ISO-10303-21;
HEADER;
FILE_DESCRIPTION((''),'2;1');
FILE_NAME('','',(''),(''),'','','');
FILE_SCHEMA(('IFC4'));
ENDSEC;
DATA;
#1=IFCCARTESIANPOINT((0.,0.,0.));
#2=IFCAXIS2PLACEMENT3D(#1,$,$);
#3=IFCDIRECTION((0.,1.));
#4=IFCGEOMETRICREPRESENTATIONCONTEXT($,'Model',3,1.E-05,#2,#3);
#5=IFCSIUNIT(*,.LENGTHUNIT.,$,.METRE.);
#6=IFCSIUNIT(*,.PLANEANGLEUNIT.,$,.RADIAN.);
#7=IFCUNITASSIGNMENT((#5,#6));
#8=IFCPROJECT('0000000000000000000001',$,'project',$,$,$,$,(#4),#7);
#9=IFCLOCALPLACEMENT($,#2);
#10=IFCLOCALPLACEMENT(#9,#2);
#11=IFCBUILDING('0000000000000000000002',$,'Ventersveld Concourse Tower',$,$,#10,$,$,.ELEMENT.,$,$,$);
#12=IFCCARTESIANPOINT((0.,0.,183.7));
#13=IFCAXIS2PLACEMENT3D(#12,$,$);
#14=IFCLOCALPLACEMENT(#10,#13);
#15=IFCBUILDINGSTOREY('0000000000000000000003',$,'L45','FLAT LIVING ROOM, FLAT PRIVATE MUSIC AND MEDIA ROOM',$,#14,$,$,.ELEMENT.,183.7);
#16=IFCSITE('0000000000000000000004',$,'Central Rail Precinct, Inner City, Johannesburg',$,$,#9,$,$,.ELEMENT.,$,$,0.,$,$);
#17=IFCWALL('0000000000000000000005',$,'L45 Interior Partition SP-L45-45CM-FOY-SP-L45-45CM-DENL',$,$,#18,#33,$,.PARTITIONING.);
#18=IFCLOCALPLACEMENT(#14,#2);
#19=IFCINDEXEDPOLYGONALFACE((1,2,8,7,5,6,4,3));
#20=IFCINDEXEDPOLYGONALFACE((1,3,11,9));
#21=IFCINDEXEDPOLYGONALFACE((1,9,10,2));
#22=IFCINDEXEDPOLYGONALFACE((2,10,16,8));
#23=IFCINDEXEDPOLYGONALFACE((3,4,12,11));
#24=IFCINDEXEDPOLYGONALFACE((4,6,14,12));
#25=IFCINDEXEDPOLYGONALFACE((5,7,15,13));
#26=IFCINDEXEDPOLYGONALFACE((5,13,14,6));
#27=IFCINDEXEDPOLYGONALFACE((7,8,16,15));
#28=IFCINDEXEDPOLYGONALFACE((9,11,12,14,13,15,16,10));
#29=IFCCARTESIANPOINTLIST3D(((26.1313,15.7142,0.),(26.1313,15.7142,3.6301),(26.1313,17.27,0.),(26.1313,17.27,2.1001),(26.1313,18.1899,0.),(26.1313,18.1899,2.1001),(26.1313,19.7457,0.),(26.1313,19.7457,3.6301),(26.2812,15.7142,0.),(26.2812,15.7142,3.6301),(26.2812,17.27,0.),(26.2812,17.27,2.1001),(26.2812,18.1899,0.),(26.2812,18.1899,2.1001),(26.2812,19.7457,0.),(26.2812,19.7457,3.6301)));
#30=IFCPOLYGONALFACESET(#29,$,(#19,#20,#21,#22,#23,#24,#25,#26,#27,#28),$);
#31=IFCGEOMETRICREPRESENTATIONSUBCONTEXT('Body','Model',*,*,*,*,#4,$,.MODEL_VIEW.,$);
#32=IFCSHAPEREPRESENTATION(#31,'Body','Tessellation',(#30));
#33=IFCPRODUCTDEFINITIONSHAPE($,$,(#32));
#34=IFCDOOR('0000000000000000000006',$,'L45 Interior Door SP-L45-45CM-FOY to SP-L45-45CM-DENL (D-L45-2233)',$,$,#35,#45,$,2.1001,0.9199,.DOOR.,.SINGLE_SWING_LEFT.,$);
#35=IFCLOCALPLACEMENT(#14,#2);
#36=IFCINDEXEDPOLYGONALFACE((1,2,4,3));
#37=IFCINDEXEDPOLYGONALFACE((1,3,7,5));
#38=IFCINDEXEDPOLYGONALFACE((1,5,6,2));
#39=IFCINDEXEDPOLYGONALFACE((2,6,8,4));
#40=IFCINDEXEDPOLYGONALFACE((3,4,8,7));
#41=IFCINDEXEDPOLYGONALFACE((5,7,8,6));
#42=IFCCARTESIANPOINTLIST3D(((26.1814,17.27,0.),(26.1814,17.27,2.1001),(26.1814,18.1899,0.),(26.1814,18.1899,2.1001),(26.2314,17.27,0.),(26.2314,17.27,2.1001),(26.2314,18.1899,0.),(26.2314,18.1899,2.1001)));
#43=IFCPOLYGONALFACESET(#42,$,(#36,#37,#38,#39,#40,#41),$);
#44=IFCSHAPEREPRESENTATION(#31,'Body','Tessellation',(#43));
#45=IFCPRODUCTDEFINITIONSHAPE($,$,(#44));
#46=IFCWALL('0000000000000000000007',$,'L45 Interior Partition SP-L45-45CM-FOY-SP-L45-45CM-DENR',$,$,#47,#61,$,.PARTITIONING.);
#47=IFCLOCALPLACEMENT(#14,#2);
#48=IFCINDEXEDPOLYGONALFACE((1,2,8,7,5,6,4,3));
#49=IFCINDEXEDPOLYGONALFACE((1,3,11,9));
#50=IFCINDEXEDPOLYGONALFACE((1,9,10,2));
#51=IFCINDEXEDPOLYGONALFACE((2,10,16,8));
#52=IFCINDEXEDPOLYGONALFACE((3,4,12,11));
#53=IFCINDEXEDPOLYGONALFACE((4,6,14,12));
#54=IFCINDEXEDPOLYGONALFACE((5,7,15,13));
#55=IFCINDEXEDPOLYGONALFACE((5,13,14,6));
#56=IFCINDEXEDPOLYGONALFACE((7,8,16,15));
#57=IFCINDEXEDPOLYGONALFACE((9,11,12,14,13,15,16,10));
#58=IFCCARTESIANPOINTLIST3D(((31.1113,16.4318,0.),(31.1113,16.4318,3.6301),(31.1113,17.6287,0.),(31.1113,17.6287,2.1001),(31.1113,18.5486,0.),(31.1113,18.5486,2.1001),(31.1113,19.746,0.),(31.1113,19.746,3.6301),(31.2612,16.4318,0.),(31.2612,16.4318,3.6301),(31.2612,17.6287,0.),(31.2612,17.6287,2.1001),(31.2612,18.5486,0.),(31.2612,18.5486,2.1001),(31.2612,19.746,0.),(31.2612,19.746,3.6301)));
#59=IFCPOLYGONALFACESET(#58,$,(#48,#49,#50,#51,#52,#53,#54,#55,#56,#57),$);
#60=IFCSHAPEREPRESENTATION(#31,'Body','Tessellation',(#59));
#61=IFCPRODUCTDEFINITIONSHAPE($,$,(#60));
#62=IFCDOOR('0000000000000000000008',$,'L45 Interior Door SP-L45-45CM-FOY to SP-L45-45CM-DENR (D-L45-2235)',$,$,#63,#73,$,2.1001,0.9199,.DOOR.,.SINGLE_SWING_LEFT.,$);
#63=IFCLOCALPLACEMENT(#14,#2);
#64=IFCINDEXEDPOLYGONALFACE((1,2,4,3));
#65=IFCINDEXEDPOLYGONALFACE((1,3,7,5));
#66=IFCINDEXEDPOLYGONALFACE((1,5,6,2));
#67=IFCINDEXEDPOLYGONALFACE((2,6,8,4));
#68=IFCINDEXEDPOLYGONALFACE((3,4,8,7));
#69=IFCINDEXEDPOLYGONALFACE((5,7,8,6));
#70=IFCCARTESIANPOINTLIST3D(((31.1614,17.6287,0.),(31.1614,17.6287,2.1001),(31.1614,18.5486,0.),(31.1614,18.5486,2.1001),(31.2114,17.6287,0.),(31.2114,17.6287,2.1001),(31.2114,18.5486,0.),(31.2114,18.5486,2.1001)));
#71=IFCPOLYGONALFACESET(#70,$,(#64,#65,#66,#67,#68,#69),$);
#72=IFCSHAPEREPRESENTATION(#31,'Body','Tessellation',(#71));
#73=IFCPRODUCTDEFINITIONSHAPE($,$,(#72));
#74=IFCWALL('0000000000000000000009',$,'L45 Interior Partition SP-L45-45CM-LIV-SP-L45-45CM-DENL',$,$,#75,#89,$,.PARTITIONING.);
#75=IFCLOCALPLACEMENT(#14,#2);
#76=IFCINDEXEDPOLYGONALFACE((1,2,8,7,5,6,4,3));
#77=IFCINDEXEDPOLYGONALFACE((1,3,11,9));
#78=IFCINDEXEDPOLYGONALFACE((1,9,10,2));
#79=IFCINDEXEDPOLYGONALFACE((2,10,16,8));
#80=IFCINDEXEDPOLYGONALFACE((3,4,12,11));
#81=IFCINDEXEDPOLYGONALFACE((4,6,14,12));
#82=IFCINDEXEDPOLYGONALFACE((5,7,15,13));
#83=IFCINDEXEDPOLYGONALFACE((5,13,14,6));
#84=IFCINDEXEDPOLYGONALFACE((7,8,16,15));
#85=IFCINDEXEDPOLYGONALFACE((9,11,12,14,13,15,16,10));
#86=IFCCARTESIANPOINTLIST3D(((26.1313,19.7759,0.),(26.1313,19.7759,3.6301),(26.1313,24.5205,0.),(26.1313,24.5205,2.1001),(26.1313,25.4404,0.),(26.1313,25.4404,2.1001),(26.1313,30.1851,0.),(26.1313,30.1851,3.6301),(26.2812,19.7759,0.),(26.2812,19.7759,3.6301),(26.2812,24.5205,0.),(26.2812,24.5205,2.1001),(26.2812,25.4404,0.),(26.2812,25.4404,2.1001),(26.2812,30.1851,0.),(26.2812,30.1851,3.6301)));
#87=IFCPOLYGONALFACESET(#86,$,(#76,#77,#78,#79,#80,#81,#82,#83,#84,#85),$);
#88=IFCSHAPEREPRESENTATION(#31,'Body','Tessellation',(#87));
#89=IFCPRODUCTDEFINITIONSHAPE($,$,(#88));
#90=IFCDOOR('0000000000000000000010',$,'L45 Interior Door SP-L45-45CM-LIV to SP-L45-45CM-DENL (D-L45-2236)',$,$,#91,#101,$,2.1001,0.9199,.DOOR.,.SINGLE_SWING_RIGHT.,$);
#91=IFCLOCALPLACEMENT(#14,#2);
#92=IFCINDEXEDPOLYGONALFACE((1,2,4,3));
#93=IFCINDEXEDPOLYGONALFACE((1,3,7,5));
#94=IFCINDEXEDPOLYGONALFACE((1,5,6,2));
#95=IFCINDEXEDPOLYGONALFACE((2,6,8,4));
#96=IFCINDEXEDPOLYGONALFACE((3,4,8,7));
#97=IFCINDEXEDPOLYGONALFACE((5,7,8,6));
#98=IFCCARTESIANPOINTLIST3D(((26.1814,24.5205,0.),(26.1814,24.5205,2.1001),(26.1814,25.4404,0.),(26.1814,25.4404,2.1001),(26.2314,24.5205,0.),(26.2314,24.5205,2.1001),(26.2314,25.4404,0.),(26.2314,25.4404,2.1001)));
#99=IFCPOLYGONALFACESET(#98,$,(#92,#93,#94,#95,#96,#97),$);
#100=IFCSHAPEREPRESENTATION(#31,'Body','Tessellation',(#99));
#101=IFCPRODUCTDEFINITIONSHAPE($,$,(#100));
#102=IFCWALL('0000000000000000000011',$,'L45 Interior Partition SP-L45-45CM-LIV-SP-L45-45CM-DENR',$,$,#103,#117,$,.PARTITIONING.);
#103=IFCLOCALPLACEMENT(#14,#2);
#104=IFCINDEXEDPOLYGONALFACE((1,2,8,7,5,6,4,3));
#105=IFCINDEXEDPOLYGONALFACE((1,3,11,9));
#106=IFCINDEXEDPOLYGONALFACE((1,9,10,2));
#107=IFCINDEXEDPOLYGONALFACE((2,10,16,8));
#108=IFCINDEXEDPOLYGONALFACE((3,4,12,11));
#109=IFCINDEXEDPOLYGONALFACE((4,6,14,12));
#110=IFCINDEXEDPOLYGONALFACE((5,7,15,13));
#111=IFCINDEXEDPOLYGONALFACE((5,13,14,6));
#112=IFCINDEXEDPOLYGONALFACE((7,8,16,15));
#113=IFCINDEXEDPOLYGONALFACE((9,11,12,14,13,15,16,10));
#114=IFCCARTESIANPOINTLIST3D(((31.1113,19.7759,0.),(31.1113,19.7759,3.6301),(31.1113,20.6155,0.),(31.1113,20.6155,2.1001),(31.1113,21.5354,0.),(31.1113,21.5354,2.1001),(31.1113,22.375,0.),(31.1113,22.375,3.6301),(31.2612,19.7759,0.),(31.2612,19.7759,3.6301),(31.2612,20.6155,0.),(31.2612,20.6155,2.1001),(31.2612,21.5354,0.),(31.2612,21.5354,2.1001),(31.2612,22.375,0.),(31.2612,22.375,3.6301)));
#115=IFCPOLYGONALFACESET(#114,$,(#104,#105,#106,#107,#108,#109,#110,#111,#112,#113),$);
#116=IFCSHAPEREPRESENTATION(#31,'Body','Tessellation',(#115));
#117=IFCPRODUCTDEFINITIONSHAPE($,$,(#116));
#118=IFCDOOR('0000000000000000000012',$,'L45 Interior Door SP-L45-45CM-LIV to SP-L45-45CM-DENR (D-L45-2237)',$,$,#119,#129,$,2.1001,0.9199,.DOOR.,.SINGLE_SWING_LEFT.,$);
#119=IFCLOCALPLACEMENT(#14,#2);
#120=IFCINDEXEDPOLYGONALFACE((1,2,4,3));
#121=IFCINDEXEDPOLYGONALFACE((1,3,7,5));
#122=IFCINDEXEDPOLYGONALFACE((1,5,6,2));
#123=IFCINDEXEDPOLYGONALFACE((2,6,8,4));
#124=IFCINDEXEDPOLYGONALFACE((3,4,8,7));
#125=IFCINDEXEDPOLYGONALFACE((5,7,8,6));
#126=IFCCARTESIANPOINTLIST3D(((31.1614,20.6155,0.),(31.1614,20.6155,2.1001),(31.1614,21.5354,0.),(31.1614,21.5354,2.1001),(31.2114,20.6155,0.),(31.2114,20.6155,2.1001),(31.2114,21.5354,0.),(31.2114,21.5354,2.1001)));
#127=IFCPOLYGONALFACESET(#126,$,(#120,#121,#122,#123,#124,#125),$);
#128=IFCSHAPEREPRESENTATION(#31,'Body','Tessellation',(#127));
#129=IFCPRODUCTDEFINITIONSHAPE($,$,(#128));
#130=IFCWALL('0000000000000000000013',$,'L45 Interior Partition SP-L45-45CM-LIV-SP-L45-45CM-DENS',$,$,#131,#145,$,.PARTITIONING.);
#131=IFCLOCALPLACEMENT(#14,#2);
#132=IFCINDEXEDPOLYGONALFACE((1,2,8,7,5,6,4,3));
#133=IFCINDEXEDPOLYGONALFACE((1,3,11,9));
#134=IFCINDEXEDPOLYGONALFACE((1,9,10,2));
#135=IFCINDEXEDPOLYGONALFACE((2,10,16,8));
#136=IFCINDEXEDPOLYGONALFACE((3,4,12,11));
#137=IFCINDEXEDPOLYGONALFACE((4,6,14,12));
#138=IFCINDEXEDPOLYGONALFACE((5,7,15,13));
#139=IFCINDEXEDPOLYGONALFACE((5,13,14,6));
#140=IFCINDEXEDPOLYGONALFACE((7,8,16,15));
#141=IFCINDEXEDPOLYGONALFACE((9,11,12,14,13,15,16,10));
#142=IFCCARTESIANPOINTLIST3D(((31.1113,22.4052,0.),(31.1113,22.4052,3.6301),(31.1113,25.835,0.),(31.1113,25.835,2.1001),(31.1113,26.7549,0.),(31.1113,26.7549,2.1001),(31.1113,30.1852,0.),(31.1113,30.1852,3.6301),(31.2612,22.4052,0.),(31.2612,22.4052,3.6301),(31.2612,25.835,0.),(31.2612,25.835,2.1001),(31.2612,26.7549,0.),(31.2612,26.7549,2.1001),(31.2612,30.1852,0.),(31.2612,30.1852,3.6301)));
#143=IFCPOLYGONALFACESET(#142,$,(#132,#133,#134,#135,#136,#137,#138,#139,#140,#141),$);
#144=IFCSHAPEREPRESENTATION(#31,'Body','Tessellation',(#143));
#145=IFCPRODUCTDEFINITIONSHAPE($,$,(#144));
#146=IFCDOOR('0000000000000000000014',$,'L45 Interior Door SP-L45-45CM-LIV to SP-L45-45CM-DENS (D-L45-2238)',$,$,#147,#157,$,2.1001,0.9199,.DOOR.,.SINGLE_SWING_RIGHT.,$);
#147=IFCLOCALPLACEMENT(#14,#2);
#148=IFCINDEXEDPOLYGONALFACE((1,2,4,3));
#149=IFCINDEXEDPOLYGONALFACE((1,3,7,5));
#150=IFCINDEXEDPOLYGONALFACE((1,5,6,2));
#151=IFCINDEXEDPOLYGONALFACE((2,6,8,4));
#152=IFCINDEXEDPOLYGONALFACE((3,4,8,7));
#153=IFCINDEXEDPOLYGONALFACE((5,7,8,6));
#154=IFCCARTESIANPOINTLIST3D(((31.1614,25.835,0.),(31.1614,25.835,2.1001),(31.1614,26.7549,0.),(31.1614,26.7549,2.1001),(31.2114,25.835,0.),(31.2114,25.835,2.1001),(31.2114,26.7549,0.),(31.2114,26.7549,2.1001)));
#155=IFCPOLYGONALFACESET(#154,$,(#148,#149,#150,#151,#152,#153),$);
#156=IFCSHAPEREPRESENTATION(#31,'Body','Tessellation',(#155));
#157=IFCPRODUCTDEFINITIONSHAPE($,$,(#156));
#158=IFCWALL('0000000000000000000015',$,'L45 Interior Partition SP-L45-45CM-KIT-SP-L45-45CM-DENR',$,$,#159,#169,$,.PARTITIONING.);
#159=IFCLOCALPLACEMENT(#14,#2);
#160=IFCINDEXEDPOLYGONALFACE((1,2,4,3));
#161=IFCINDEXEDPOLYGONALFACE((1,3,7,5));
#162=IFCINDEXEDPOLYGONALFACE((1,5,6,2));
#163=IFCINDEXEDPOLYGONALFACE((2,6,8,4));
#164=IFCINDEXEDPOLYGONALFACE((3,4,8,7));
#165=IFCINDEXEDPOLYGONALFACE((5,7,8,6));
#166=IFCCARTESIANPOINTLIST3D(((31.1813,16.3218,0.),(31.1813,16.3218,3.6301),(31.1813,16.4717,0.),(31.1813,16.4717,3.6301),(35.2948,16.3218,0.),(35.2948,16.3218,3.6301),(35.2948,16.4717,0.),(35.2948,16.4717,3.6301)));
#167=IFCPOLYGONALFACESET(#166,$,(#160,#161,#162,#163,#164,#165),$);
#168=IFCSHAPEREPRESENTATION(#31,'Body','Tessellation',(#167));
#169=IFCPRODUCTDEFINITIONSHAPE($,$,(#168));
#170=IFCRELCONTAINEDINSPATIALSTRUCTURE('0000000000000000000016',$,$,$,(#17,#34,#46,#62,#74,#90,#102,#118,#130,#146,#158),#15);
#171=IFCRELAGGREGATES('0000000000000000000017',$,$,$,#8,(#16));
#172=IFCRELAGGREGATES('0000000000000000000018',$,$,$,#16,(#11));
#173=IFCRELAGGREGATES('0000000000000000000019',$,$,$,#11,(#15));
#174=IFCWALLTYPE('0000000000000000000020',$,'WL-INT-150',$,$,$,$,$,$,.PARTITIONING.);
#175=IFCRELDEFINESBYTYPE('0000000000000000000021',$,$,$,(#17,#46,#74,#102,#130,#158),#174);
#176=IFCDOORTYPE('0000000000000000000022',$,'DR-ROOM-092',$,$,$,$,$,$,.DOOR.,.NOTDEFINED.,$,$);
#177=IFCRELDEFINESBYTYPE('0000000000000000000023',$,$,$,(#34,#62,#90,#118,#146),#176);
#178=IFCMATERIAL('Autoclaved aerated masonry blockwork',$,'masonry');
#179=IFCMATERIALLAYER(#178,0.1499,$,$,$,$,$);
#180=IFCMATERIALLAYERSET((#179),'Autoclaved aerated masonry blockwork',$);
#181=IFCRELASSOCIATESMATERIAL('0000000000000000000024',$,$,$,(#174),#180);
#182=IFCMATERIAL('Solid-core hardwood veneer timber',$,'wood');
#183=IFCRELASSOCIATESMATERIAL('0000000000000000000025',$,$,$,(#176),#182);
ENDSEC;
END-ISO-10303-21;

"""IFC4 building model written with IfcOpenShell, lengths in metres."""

from ifc_helpers import new_model, si_unit, direction, frame, frame_2d, origin, place, context, subcontext, project, spatial, rectangle, extrude, material, layer, layer_set, type_object, element, fill, save


model = new_model("IFC4")

# Units and contexts
model_context = context("Model", 3, precision=1e-05, world=origin(), true_north=direction((0.0, 1.0)))
body_context = subcontext(model_context, "Body", "Model", "MODEL_VIEW")
ifc_project = project(units=[si_unit("LENGTHUNIT", "METRE"), si_unit("PLANEANGLEUNIT", "RADIAN")], contexts=[model_context])

# Site, building, storey
site_placement = place(None, origin())
site = spatial("IfcSite", under=ifc_project, at=site_placement, Name="Central Rail Precinct, Inner City, Johannesburg", CompositionType="ELEMENT", RefElevation=0.0)
building_placement = place(site_placement, origin())
building = spatial("IfcBuilding", under=site, at=building_placement, Name="Ventersveld Concourse Tower", CompositionType="ELEMENT")
storey_placement = place(building_placement, frame((0.0, 0.0, 183.7)))
storey = spatial("IfcBuildingStorey", under=building, at=storey_placement, Name="L45", Description="FLAT LIVING ROOM, FLAT PRIVATE MUSIC AND MEDIA ROOM", CompositionType="ELEMENT", Elevation=183.7)

# Walls, openings, doors
ifc_material_1 = material(Name="Autoclaved aerated masonry blockwork", Category="masonry")
ifc_layer_1 = layer(ifc_material_1, 0.1499)
ifc_layer_set_1 = layer_set([ifc_layer_1], Name="Autoclaved aerated masonry blockwork")
wall_type_1 = type_object("IfcWallType", Name="WL-INT-150", PredefinedType="PARTITIONING", material=ifc_layer_set_1)
wall_1_placement = place(storey_placement, frame((26.2063, 15.7144, 0.0), z_axis=(0.0, 0.0, 1.0), x_axis=(0.0, 1.0, 0.0)))
wall_1 = element("IfcWall", 1, at=wall_1_placement, inside=storey, type_object=wall_type_1, Name="L45 Interior Partition SP-L45-45CM-FOY-SP-L45-45CM-DENL", PredefinedType="PARTITIONING", context=body_context, shape_type="SweptSolid", body=[
    extrude(rectangle(XDim=4.0315, YDim=0.1499, at=frame_2d((2.0156, 0.0))), origin(), (0.0, 0.0, 1.0), 3.6301),
])
opening_1_placement = place(wall_1_placement, frame((1.5557, 0.0, 0.0)))
opening_1 = element("IfcOpeningElement", 2, at=opening_1_placement, cuts=wall_1, PredefinedType="OPENING", context=body_context, shape_type="SweptSolid", body=[
    extrude(rectangle(XDim=0.9199, YDim=2.1001, at=frame_2d((0.46, 1.05))), frame((0.0, 0.085, 0.0), z_axis=(0.0, -1.0, 0.0), x_axis=(1.0, 0.0, 0.0)), (0.0, 0.0, 1.0), 0.1699),
])
ifc_material_2 = material(Name="Solid-core hardwood veneer timber", Category="wood")
door_type = type_object("IfcDoorType", Name="DR-ROOM-092", OperationType="NOTDEFINED", PredefinedType="DOOR", material=ifc_material_2)
door_1_placement = place(opening_1_placement, origin())
door_1 = element("IfcDoor", 3, at=door_1_placement, inside=storey, type_object=door_type, Name="L45 Interior Door SP-L45-45CM-FOY to SP-L45-45CM-DENL (D-L45-2233)", OperationType="SINGLE_SWING_LEFT", OverallHeight=2.1001, OverallWidth=0.9199, PredefinedType="DOOR", context=body_context, shape_type="SweptSolid", body=[
    extrude(rectangle(XDim=0.9199, YDim=2.1001, at=frame_2d((0.46, 1.05))), frame((0.0, 0.0249, 0.0), z_axis=(0.0, -1.0, 0.0), x_axis=(1.0, 0.0, 0.0)), (0.0, 0.0, 1.0), 0.05),
])
fill(opening_1, door_1)
wall_2_placement = place(storey_placement, frame((31.1863, 16.4316, 0.0), z_axis=(0.0, 0.0, 1.0), x_axis=(0.0, 1.0, 0.0)))
wall_2 = element("IfcWall", 4, at=wall_2_placement, inside=storey, type_object=wall_type_1, Name="L45 Interior Partition SP-L45-45CM-FOY-SP-L45-45CM-DENR", PredefinedType="PARTITIONING", context=body_context, shape_type="SweptSolid", body=[
    extrude(rectangle(XDim=3.3142, YDim=0.1499, at=frame_2d((1.6572, 0.0))), origin(), (0.0, 0.0, 1.0), 3.6301),
])
opening_2_placement = place(wall_2_placement, frame((1.197, 0.0, 0.0)))
opening_2 = element("IfcOpeningElement", 5, at=opening_2_placement, cuts=wall_2, PredefinedType="OPENING", context=body_context, shape_type="SweptSolid", body=[
    extrude(rectangle(XDim=0.9199, YDim=2.1001, at=frame_2d((0.46, 1.05))), frame((0.0, 0.085, 0.0), z_axis=(0.0, -1.0, 0.0), x_axis=(1.0, 0.0, 0.0)), (0.0, 0.0, 1.0), 0.1699),
])
door_2_placement = place(opening_2_placement, origin())
door_2 = element("IfcDoor", 6, at=door_2_placement, inside=storey, type_object=door_type, Name="L45 Interior Door SP-L45-45CM-FOY to SP-L45-45CM-DENR (D-L45-2235)", OperationType="SINGLE_SWING_LEFT", OverallHeight=2.1001, OverallWidth=0.9199, PredefinedType="DOOR", context=body_context, shape_type="SweptSolid", body=[
    extrude(rectangle(XDim=0.9199, YDim=2.1001, at=frame_2d((0.46, 1.05))), frame((0.0, 0.0249, 0.0), z_axis=(0.0, -1.0, 0.0), x_axis=(1.0, 0.0, 0.0)), (0.0, 0.0, 1.0), 0.05),
])
fill(opening_2, door_2)
wall_3_placement = place(storey_placement, frame((26.2063, 19.7759, 0.0), z_axis=(0.0, 0.0, 1.0), x_axis=(0.0, 1.0, 0.0)))
wall_3 = element("IfcWall", 7, at=wall_3_placement, inside=storey, type_object=wall_type_1, Name="L45 Interior Partition SP-L45-45CM-LIV-SP-L45-45CM-DENL", PredefinedType="PARTITIONING", context=body_context, shape_type="SweptSolid", body=[
    extrude(rectangle(XDim=10.4092, YDim=0.1499, at=frame_2d((5.2046, 0.0))), origin(), (0.0, 0.0, 1.0), 3.6301),
])
opening_3_placement = place(wall_3_placement, frame((4.7446, 0.0, 0.0)))
opening_3 = element("IfcOpeningElement", 8, at=opening_3_placement, cuts=wall_3, PredefinedType="OPENING", context=body_context, shape_type="SweptSolid", body=[
    extrude(rectangle(XDim=0.9199, YDim=2.1001, at=frame_2d((0.46, 1.05))), frame((0.0, 0.085, 0.0), z_axis=(0.0, -1.0, 0.0), x_axis=(1.0, 0.0, 0.0)), (0.0, 0.0, 1.0), 0.1699),
])
door_3_placement = place(opening_3_placement, origin())
door_3 = element("IfcDoor", 9, at=door_3_placement, inside=storey, type_object=door_type, Name="L45 Interior Door SP-L45-45CM-LIV to SP-L45-45CM-DENL (D-L45-2236)", OperationType="SINGLE_SWING_RIGHT", OverallHeight=2.1001, OverallWidth=0.9199, PredefinedType="DOOR", context=body_context, shape_type="SweptSolid", body=[
    extrude(rectangle(XDim=0.9199, YDim=2.1001, at=frame_2d((0.46, 1.05))), frame((0.0, 0.0249, 0.0), z_axis=(0.0, -1.0, 0.0), x_axis=(1.0, 0.0, 0.0)), (0.0, 0.0, 1.0), 0.05),
])
fill(opening_3, door_3)
wall_4_placement = place(storey_placement, frame((31.1863, 19.7759, 0.0), z_axis=(0.0, 0.0, 1.0), x_axis=(0.0, 1.0, 0.0)))
wall_4 = element("IfcWall", 10, at=wall_4_placement, inside=storey, type_object=wall_type_1, Name="L45 Interior Partition SP-L45-45CM-LIV-SP-L45-45CM-DENR", PredefinedType="PARTITIONING", context=body_context, shape_type="SweptSolid", body=[
    extrude(rectangle(XDim=2.5991, YDim=0.1499, at=frame_2d((1.2996, 0.0))), origin(), (0.0, 0.0, 1.0), 3.6301),
])
opening_4_placement = place(wall_4_placement, frame((0.8396, 0.0, 0.0)))
opening_4 = element("IfcOpeningElement", 11, at=opening_4_placement, cuts=wall_4, PredefinedType="OPENING", context=body_context, shape_type="SweptSolid", body=[
    extrude(rectangle(XDim=0.9199, YDim=2.1001, at=frame_2d((0.46, 1.05))), frame((0.0, 0.085, 0.0), z_axis=(0.0, -1.0, 0.0), x_axis=(1.0, 0.0, 0.0)), (0.0, 0.0, 1.0), 0.1699),
])
door_4_placement = place(opening_4_placement, origin())
door_4 = element("IfcDoor", 12, at=door_4_placement, inside=storey, type_object=door_type, Name="L45 Interior Door SP-L45-45CM-LIV to SP-L45-45CM-DENR (D-L45-2237)", OperationType="SINGLE_SWING_LEFT", OverallHeight=2.1001, OverallWidth=0.9199, PredefinedType="DOOR", context=body_context, shape_type="SweptSolid", body=[
    extrude(rectangle(XDim=0.9199, YDim=2.1001, at=frame_2d((0.46, 1.05))), frame((0.0, 0.0249, 0.0), z_axis=(0.0, -1.0, 0.0), x_axis=(1.0, 0.0, 0.0)), (0.0, 0.0, 1.0), 0.05),
])
fill(opening_4, door_4)
wall_5_placement = place(storey_placement, frame((31.1863, 22.405, 0.0), z_axis=(0.0, 0.0, 1.0), x_axis=(0.0, 1.0, 0.0)))
wall_5 = element("IfcWall", 13, at=wall_5_placement, inside=storey, type_object=wall_type_1, Name="L45 Interior Partition SP-L45-45CM-LIV-SP-L45-45CM-DENS", PredefinedType="PARTITIONING", context=body_context, shape_type="SweptSolid", body=[
    extrude(rectangle(XDim=7.78, YDim=0.1499, at=frame_2d((3.8901, 0.0))), origin(), (0.0, 0.0, 1.0), 3.6301),
])
opening_5_placement = place(wall_5_placement, frame((3.4299, 0.0, 0.0)))
opening_5 = element("IfcOpeningElement", 14, at=opening_5_placement, cuts=wall_5, PredefinedType="OPENING", context=body_context, shape_type="SweptSolid", body=[
    extrude(rectangle(XDim=0.9199, YDim=2.1001, at=frame_2d((0.46, 1.05))), frame((0.0, 0.085, 0.0), z_axis=(0.0, -1.0, 0.0), x_axis=(1.0, 0.0, 0.0)), (0.0, 0.0, 1.0), 0.1699),
])
door_5_placement = place(opening_5_placement, origin())
door_5 = element("IfcDoor", 15, at=door_5_placement, inside=storey, type_object=door_type, Name="L45 Interior Door SP-L45-45CM-LIV to SP-L45-45CM-DENS (D-L45-2238)", OperationType="SINGLE_SWING_RIGHT", OverallHeight=2.1001, OverallWidth=0.9199, PredefinedType="DOOR", context=body_context, shape_type="SweptSolid", body=[
    extrude(rectangle(XDim=0.9199, YDim=2.1001, at=frame_2d((0.46, 1.05))), frame((0.0, 0.0249, 0.0), z_axis=(0.0, -1.0, 0.0), x_axis=(1.0, 0.0, 0.0)), (0.0, 0.0, 1.0), 0.05),
])
fill(opening_5, door_5)

# Wall
for number, where, z_axis, x_axis, name in (
    (16, (31.1814, 16.3967, 0.0), (0.0, 0.0, 1.0), (1.0, 0.0, 0.0), "L45 Interior Partition SP-L45-45CM-KIT-SP-L45-45CM-DENR"),
):
    element("IfcWall", number, at=place(storey_placement, frame(where, z_axis=z_axis, x_axis=x_axis)), inside=storey, type_object=wall_type_1, Name=name, PredefinedType="PARTITIONING", context=body_context, shape_type="SweptSolid", body=[
        extrude(rectangle(XDim=4.1135, YDim=0.1499, at=frame_2d((2.0566, 0.0))), origin(), (0.0, 0.0, 1.0), 3.6301),
    ])

save(model, "model.ifc")
